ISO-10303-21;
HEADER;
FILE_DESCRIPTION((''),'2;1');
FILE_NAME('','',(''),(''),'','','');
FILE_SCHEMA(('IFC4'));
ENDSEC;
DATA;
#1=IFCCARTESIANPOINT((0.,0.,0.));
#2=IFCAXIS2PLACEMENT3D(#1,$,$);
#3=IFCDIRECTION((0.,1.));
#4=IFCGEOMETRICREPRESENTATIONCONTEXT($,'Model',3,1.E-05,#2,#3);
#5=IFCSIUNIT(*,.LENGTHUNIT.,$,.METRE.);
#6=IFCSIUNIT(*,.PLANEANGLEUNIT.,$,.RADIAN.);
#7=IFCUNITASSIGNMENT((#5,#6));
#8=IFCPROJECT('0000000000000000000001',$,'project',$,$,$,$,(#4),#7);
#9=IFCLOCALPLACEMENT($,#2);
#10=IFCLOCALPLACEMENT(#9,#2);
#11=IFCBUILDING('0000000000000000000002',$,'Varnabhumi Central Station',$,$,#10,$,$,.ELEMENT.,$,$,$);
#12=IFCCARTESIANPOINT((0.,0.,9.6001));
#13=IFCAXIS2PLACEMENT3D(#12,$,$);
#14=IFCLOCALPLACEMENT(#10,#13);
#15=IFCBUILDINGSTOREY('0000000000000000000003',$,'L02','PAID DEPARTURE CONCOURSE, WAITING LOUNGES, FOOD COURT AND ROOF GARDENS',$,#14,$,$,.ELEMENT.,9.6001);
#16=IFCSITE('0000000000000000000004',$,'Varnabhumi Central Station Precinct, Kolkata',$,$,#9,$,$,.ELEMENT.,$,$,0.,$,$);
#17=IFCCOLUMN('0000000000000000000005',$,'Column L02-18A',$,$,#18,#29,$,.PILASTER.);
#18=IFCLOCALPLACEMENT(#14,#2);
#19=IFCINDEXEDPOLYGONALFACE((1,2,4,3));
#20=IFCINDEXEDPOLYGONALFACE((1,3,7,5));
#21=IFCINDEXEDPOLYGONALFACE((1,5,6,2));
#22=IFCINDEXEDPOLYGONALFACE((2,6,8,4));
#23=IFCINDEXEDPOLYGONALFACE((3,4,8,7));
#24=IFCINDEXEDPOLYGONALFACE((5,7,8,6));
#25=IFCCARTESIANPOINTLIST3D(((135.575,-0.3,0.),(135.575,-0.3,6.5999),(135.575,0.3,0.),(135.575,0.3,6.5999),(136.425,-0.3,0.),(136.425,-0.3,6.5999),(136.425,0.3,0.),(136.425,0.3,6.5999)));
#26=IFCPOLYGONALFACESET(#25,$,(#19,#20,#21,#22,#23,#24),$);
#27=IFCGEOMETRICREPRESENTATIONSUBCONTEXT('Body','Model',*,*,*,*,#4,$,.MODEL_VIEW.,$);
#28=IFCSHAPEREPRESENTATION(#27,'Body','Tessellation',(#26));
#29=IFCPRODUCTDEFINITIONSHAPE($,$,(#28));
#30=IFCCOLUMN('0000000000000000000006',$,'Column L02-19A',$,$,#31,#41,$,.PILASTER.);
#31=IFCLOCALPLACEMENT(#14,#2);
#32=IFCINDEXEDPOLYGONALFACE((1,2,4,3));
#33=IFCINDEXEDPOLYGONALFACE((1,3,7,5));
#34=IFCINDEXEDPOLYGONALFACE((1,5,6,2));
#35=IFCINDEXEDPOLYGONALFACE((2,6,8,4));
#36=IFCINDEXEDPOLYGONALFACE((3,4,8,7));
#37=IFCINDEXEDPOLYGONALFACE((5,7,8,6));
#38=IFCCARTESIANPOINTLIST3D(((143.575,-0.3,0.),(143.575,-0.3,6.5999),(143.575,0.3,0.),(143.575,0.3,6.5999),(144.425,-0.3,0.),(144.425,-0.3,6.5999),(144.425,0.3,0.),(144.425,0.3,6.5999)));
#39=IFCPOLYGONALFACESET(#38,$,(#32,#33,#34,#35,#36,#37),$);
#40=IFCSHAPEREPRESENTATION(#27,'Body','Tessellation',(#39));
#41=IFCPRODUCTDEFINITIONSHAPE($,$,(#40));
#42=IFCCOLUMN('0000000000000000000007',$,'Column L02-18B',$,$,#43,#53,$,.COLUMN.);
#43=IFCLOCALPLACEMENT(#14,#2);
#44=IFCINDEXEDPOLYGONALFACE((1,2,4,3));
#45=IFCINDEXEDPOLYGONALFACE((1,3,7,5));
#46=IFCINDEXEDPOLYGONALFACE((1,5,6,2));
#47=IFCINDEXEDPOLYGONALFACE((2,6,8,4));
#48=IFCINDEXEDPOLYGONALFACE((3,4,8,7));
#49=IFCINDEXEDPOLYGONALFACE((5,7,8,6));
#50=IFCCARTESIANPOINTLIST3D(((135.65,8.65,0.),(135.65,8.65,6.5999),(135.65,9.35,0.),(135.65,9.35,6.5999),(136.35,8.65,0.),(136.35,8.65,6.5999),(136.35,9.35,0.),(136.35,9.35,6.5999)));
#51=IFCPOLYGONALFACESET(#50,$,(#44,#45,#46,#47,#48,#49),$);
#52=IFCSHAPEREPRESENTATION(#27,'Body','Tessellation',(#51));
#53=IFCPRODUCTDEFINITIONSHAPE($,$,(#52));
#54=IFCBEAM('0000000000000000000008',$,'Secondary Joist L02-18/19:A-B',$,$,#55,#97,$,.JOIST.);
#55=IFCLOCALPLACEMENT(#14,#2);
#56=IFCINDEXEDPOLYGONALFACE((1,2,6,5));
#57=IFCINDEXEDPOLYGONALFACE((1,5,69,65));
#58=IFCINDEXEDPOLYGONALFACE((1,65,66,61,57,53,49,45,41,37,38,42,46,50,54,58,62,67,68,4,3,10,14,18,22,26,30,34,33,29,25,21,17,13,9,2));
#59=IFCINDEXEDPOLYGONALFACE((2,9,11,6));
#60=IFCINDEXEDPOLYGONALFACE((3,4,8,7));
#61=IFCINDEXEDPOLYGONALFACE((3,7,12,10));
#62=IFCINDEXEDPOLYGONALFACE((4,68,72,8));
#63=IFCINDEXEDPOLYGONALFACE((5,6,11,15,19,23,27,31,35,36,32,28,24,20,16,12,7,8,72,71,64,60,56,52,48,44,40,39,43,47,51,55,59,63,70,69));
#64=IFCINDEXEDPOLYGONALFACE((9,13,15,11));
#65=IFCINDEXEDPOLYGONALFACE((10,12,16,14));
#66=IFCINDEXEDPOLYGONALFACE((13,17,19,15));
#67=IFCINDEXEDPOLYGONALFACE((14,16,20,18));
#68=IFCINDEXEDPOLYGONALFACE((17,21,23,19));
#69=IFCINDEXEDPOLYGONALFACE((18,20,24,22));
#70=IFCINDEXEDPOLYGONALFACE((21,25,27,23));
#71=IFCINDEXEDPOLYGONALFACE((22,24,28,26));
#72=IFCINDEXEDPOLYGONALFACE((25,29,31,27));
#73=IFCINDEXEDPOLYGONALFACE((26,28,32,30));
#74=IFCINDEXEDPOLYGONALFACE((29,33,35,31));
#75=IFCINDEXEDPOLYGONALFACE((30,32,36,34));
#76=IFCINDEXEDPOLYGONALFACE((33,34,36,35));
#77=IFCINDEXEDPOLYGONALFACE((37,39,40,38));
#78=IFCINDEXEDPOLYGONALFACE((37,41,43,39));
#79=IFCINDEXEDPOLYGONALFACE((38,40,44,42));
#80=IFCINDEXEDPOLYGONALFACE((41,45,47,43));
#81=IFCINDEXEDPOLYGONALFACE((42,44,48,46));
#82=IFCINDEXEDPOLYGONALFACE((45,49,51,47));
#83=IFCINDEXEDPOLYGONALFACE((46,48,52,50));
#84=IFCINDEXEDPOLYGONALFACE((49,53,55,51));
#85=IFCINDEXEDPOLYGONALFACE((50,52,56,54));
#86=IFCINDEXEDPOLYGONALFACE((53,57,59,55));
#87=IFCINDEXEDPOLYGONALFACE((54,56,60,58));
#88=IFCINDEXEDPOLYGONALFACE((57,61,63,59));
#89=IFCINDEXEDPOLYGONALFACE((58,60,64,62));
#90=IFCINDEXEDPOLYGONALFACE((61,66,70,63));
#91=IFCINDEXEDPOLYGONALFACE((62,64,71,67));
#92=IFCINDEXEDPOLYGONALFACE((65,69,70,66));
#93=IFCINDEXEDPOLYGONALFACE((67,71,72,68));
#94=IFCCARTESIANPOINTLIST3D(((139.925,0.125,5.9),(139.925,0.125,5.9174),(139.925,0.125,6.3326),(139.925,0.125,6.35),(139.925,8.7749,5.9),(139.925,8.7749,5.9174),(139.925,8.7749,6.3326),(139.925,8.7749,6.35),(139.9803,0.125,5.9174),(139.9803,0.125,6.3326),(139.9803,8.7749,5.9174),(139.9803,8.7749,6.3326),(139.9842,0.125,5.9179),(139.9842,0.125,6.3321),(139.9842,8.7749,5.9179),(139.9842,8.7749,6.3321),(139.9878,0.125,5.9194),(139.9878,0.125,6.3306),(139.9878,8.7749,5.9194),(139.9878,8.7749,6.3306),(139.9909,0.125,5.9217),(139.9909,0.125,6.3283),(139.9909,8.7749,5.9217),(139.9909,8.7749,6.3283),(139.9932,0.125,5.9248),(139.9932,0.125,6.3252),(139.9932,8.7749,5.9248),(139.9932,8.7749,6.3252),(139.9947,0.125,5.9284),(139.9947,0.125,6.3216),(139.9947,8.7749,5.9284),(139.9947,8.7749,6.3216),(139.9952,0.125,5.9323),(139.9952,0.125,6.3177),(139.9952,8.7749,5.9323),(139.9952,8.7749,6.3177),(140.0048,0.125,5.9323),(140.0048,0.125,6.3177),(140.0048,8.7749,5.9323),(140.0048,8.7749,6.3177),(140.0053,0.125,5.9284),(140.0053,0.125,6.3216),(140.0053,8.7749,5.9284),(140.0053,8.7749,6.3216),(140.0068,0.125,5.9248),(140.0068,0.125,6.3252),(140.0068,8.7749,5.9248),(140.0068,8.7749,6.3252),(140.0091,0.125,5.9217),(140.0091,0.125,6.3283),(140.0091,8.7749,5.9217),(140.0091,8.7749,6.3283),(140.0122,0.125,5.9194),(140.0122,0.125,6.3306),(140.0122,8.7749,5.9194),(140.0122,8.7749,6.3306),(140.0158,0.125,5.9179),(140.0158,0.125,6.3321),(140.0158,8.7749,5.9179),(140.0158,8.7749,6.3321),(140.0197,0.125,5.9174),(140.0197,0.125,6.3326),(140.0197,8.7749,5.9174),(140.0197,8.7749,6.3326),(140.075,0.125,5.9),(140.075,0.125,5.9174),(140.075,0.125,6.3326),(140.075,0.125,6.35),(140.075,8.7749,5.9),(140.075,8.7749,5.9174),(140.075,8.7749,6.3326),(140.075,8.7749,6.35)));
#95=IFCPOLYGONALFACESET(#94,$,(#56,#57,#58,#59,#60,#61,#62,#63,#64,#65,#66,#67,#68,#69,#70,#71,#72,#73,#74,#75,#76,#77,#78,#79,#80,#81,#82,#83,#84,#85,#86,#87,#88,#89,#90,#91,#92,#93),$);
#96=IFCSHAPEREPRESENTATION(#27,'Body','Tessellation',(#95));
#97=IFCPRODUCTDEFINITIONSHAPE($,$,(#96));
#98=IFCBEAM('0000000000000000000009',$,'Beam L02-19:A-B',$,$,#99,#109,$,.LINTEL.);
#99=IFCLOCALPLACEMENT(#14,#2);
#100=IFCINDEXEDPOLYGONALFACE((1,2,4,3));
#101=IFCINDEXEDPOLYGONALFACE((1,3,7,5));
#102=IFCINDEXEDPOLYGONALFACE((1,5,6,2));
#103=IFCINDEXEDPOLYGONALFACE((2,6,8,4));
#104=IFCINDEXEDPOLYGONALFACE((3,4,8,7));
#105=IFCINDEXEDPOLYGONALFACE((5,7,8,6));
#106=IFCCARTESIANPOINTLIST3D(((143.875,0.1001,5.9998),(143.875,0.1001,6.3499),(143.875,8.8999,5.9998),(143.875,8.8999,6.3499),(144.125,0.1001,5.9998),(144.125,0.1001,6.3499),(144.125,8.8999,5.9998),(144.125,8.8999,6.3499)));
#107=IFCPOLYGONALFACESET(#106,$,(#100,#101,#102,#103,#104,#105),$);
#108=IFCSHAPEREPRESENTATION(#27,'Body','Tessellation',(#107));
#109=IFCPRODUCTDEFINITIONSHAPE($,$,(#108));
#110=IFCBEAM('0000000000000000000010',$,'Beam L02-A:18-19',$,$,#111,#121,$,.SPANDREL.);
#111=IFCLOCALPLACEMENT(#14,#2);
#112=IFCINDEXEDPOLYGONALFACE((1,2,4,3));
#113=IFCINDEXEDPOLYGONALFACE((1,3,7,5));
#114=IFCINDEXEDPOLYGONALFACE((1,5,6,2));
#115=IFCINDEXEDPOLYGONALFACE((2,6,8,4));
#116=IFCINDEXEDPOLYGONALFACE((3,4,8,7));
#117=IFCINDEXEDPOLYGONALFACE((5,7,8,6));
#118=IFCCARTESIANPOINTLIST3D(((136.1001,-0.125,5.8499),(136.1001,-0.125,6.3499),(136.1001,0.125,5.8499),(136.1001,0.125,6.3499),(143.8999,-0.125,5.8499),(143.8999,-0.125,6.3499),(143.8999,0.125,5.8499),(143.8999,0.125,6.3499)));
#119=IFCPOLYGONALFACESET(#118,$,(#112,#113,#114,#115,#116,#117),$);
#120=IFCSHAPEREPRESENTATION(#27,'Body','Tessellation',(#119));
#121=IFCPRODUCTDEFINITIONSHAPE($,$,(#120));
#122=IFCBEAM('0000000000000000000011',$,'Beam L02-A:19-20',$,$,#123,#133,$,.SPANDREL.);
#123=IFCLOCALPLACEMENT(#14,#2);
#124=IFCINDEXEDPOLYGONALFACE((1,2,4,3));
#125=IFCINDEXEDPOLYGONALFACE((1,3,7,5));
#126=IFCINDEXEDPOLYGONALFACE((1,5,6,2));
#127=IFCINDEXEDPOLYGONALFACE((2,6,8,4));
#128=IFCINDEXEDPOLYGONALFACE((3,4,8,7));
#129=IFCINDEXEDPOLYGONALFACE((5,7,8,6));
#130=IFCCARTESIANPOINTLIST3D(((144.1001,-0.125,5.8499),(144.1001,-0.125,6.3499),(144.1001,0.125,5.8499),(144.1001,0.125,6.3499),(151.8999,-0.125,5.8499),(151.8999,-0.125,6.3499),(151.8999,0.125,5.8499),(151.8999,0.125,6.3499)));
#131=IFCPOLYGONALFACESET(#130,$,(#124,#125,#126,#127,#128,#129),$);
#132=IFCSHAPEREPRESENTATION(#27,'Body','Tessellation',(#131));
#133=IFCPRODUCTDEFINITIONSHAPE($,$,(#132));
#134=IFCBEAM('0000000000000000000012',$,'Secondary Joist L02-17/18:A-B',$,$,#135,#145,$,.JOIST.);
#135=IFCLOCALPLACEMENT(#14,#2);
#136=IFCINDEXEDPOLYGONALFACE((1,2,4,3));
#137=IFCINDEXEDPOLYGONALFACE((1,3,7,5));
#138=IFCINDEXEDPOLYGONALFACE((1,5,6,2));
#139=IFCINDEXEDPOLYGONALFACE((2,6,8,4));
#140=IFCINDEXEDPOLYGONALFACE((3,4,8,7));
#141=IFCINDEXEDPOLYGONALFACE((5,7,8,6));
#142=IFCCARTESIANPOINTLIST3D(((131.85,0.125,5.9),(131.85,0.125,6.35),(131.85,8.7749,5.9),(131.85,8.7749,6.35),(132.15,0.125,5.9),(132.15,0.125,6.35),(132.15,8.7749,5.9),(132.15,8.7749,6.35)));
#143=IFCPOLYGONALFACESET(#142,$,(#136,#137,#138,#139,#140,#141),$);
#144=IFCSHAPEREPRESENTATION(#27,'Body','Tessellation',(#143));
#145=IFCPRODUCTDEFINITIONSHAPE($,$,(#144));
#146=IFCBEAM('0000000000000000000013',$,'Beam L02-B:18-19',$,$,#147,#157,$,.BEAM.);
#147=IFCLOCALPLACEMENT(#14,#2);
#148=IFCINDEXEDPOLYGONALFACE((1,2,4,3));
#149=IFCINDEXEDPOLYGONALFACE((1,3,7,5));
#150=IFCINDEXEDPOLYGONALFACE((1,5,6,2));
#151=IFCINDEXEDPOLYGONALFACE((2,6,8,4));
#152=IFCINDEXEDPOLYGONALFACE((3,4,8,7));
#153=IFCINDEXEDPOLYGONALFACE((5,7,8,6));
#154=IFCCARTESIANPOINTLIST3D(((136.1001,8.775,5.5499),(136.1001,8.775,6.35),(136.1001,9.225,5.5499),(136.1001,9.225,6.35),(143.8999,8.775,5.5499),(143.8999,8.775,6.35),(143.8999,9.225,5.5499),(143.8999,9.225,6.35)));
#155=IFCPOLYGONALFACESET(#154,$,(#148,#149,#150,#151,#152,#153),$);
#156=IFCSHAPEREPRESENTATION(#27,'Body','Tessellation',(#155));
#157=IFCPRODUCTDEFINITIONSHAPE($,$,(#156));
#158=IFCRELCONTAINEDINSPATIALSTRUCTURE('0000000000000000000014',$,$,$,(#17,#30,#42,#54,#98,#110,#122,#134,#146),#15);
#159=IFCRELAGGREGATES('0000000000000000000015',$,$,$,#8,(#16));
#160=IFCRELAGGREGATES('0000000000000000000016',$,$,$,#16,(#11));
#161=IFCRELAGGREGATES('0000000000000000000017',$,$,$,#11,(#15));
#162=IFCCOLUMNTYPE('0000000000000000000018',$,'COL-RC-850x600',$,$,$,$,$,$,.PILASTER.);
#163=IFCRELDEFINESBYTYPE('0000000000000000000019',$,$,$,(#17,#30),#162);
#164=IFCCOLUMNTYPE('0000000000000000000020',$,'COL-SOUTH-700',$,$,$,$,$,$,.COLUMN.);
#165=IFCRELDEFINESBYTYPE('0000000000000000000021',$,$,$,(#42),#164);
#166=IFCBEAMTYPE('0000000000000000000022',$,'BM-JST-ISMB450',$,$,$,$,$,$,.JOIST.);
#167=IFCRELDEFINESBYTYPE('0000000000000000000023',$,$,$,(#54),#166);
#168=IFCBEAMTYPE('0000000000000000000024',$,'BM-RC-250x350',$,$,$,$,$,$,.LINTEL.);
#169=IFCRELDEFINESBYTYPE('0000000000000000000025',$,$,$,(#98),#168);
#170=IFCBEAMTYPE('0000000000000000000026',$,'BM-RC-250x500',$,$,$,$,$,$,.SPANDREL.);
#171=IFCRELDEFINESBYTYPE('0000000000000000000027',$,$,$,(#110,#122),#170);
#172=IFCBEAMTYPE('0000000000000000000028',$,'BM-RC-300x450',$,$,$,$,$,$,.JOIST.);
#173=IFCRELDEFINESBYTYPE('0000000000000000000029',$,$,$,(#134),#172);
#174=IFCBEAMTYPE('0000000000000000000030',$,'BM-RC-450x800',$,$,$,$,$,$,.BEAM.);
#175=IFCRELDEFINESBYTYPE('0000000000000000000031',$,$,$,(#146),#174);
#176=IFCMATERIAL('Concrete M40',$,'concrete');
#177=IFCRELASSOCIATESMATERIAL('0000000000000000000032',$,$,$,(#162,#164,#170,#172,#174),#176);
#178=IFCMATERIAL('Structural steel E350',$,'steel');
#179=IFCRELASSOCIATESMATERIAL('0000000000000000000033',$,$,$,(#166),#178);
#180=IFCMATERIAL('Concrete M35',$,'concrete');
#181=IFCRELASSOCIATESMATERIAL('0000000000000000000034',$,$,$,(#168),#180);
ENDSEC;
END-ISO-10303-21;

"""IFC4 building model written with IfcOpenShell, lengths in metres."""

from ifc_helpers import new_model, si_unit, direction, frame, origin, origin_2d, place, context, subcontext, project, spatial, rectangle, i_section, extrude, material, material_profile, profile_set, type_object, element, save


model = new_model("IFC4")

# Units and contexts
model_context = context("Model", 3, precision=1e-05, world=origin(), true_north=direction((0.0, 1.0)))
body_context = subcontext(model_context, "Body", "Model", "MODEL_VIEW")
ifc_project = project(units=[si_unit("LENGTHUNIT", "METRE"), si_unit("PLANEANGLEUNIT", "RADIAN")], contexts=[model_context])

# Site, building, storey
site_placement = place(None, origin())
site = spatial("IfcSite", under=ifc_project, at=site_placement, Name="Varnabhumi Central Station Precinct, Kolkata", CompositionType="ELEMENT", RefElevation=0.0)
building_placement = place(site_placement, origin())
building = spatial("IfcBuilding", under=site, at=building_placement, Name="Varnabhumi Central Station", CompositionType="ELEMENT")
storey_placement = place(building_placement, frame((0.0, 0.0, 9.6001)))
storey = spatial("IfcBuildingStorey", under=building, at=storey_placement, Name="L02", Description="PAID DEPARTURE CONCOURSE, WAITING LOUNGES, FOOD COURT AND ROOF GARDENS", CompositionType="ELEMENT", Elevation=9.6001)

# Columns
ifc_material_1 = material(Name="Concrete M40", Category="concrete")
ifc_material_profile_1 = material_profile(ifc_material_1, rectangle(XDim=0.8501, YDim=0.6001, at=origin_2d()), Name="Concrete M40", Category="concrete")
ifc_profile_set_1 = profile_set([ifc_material_profile_1], Name="Concrete M40")
column_type_1 = type_object("IfcColumnType", Name="COL-RC-850x600", PredefinedType="PILASTER", material=ifc_profile_set_1)
for number, where, z_axis, x_axis, name in (
    (1, (136.0, 0.0, 0.0), (0.0, 0.0, 1.0), (1.0, 0.0, 0.0), "Column L02-18A"),
    (2, (144.0, 0.0, 0.0), (0.0, 0.0, 1.0), (1.0, 0.0, 0.0), "Column L02-19A"),
):
    element("IfcColumn", number, at=place(storey_placement, frame(where, z_axis=z_axis, x_axis=x_axis)), inside=storey, type_object=column_type_1, Name=name, PredefinedType="PILASTER", context=body_context, shape_type="SweptSolid", body=[
        extrude(rectangle(XDim=0.8501, YDim=0.6001, at=origin_2d()), origin(), (0.0, 0.0, 1.0), 6.5999),
    ])
ifc_material_profile_2 = material_profile(ifc_material_1, rectangle(XDim=0.7, YDim=0.7, at=origin_2d()), Name="Concrete M40", Category="concrete")
ifc_profile_set_2 = profile_set([ifc_material_profile_2], Name="Concrete M40")
column_type_2 = type_object("IfcColumnType", Name="COL-SOUTH-700", PredefinedType="COLUMN", material=ifc_profile_set_2)
column_placement = place(storey_placement, frame((136.0, 9.0, 0.0), z_axis=(0.0, 0.0, 1.0), x_axis=(1.0, 0.0, 0.0)))
element("IfcColumn", 3, at=column_placement, inside=storey, type_object=column_type_2, Name="Column L02-18B", PredefinedType="COLUMN", context=body_context, shape_type="SweptSolid", body=[
    extrude(rectangle(XDim=0.7, YDim=0.7, at=origin_2d()), origin(), (0.0, 0.0, 1.0), 6.5999),
])

# Beams
ifc_material_2 = material(Name="Structural steel E350", Category="steel")
ifc_material_profile_3 = material_profile(ifc_material_2, i_section(OverallWidth=0.1499, OverallDepth=0.45, WebThickness=0.0095, FlangeThickness=0.0173, FilletRadius=0.0149, at=origin_2d()), Name="Structural steel E350", Category="steel")
ifc_profile_set_3 = profile_set([ifc_material_profile_3], Name="Structural steel E350")
beam_type_1 = type_object("IfcBeamType", Name="BM-JST-ISMB450", PredefinedType="JOIST", material=ifc_profile_set_3)
beam_1_placement = place(storey_placement, frame((140.0, 0.125, 6.125), z_axis=(0.0, 1.0, 0.0), x_axis=(-1.0, 0.0, 0.0)))
element("IfcBeam", 4, at=beam_1_placement, inside=storey, type_object=beam_type_1, Name="Secondary Joist L02-18/19:A-B", PredefinedType="JOIST", context=body_context, shape_type="SweptSolid", body=[
    extrude(i_section(OverallWidth=0.1499, OverallDepth=0.45, WebThickness=0.0095, FlangeThickness=0.0173, FilletRadius=0.0149, at=origin_2d()), origin(), (0.0, 0.0, 1.0), 8.6499),
])
ifc_material_3 = material(Name="Concrete M35", Category="concrete")
ifc_material_profile_4 = material_profile(ifc_material_3, rectangle(XDim=0.25, YDim=0.3501, at=origin_2d()), Name="Concrete M35", Category="concrete")
ifc_profile_set_4 = profile_set([ifc_material_profile_4], Name="Concrete M35")
beam_type_2 = type_object("IfcBeamType", Name="BM-RC-250x350", PredefinedType="LINTEL", material=ifc_profile_set_4)
beam_2_placement = place(storey_placement, frame((144.0, 0.1001, 6.1748), z_axis=(0.0, 1.0, 0.0), x_axis=(-1.0, 0.0, 0.0)))
element("IfcBeam", 5, at=beam_2_placement, inside=storey, type_object=beam_type_2, Name="Beam L02-19:A-B", PredefinedType="LINTEL", context=body_context, shape_type="SweptSolid", body=[
    extrude(rectangle(XDim=0.25, YDim=0.3501, at=origin_2d()), origin(), (0.0, 0.0, 1.0), 8.7998),
])
ifc_material_profile_5 = material_profile(ifc_material_1, rectangle(XDim=0.25, YDim=0.5, at=origin_2d()), Name="Concrete M40", Category="concrete")
ifc_profile_set_5 = profile_set([ifc_material_profile_5], Name="Concrete M40")
beam_type_3 = type_object("IfcBeamType", Name="BM-RC-250x500", PredefinedType="SPANDREL", material=ifc_profile_set_5)
for number, where, z_axis, x_axis, name in (
    (6, (136.1001, 0.0, 6.0999), (1.0, 0.0, 0.0), (0.0, 1.0, 0.0), "Beam L02-A:18-19"),
    (7, (144.1001, 0.0, 6.0999), (1.0, 0.0, 0.0), (0.0, 1.0, 0.0), "Beam L02-A:19-20"),
):
    element("IfcBeam", number, at=place(storey_placement, frame(where, z_axis=z_axis, x_axis=x_axis)), inside=storey, type_object=beam_type_3, Name=name, PredefinedType="SPANDREL", context=body_context, shape_type="SweptSolid", body=[
        extrude(rectangle(XDim=0.25, YDim=0.5, at=origin_2d()), origin(), (0.0, 0.0, 1.0), 7.7998),
    ])
ifc_material_profile_6 = material_profile(ifc_material_1, rectangle(XDim=0.3, YDim=0.45, at=origin_2d()), Name="Concrete M40", Category="concrete")
ifc_profile_set_6 = profile_set([ifc_material_profile_6], Name="Concrete M40")
beam_type_4 = type_object("IfcBeamType", Name="BM-RC-300x450", PredefinedType="JOIST", material=ifc_profile_set_6)
beam_3_placement = place(storey_placement, frame((132.0, 0.125, 6.125), z_axis=(0.0, 1.0, 0.0), x_axis=(-1.0, 0.0, 0.0)))
element("IfcBeam", 8, at=beam_3_placement, inside=storey, type_object=beam_type_4, Name="Secondary Joist L02-17/18:A-B", PredefinedType="JOIST", context=body_context, shape_type="SweptSolid", body=[
    extrude(rectangle(XDim=0.3, YDim=0.45, at=origin_2d()), origin(), (0.0, 0.0, 1.0), 8.6499),
])
ifc_material_profile_7 = material_profile(ifc_material_1, rectangle(XDim=0.45, YDim=0.8, at=origin_2d()), Name="Concrete M40", Category="concrete")
ifc_profile_set_7 = profile_set([ifc_material_profile_7], Name="Concrete M40")
beam_type_5 = type_object("IfcBeamType", Name="BM-RC-450x800", PredefinedType="BEAM", material=ifc_profile_set_7)
beam_4_placement = place(storey_placement, frame((136.1001, 9.0, 5.95), z_axis=(1.0, 0.0, 0.0), x_axis=(0.0, 1.0, 0.0)))
element("IfcBeam", 9, at=beam_4_placement, inside=storey, type_object=beam_type_5, Name="Beam L02-B:18-19", PredefinedType="BEAM", context=body_context, shape_type="SweptSolid", body=[
    extrude(rectangle(XDim=0.45, YDim=0.8, at=origin_2d()), origin(), (0.0, 0.0, 1.0), 7.7998),
])

save(model, "model.ifc")
